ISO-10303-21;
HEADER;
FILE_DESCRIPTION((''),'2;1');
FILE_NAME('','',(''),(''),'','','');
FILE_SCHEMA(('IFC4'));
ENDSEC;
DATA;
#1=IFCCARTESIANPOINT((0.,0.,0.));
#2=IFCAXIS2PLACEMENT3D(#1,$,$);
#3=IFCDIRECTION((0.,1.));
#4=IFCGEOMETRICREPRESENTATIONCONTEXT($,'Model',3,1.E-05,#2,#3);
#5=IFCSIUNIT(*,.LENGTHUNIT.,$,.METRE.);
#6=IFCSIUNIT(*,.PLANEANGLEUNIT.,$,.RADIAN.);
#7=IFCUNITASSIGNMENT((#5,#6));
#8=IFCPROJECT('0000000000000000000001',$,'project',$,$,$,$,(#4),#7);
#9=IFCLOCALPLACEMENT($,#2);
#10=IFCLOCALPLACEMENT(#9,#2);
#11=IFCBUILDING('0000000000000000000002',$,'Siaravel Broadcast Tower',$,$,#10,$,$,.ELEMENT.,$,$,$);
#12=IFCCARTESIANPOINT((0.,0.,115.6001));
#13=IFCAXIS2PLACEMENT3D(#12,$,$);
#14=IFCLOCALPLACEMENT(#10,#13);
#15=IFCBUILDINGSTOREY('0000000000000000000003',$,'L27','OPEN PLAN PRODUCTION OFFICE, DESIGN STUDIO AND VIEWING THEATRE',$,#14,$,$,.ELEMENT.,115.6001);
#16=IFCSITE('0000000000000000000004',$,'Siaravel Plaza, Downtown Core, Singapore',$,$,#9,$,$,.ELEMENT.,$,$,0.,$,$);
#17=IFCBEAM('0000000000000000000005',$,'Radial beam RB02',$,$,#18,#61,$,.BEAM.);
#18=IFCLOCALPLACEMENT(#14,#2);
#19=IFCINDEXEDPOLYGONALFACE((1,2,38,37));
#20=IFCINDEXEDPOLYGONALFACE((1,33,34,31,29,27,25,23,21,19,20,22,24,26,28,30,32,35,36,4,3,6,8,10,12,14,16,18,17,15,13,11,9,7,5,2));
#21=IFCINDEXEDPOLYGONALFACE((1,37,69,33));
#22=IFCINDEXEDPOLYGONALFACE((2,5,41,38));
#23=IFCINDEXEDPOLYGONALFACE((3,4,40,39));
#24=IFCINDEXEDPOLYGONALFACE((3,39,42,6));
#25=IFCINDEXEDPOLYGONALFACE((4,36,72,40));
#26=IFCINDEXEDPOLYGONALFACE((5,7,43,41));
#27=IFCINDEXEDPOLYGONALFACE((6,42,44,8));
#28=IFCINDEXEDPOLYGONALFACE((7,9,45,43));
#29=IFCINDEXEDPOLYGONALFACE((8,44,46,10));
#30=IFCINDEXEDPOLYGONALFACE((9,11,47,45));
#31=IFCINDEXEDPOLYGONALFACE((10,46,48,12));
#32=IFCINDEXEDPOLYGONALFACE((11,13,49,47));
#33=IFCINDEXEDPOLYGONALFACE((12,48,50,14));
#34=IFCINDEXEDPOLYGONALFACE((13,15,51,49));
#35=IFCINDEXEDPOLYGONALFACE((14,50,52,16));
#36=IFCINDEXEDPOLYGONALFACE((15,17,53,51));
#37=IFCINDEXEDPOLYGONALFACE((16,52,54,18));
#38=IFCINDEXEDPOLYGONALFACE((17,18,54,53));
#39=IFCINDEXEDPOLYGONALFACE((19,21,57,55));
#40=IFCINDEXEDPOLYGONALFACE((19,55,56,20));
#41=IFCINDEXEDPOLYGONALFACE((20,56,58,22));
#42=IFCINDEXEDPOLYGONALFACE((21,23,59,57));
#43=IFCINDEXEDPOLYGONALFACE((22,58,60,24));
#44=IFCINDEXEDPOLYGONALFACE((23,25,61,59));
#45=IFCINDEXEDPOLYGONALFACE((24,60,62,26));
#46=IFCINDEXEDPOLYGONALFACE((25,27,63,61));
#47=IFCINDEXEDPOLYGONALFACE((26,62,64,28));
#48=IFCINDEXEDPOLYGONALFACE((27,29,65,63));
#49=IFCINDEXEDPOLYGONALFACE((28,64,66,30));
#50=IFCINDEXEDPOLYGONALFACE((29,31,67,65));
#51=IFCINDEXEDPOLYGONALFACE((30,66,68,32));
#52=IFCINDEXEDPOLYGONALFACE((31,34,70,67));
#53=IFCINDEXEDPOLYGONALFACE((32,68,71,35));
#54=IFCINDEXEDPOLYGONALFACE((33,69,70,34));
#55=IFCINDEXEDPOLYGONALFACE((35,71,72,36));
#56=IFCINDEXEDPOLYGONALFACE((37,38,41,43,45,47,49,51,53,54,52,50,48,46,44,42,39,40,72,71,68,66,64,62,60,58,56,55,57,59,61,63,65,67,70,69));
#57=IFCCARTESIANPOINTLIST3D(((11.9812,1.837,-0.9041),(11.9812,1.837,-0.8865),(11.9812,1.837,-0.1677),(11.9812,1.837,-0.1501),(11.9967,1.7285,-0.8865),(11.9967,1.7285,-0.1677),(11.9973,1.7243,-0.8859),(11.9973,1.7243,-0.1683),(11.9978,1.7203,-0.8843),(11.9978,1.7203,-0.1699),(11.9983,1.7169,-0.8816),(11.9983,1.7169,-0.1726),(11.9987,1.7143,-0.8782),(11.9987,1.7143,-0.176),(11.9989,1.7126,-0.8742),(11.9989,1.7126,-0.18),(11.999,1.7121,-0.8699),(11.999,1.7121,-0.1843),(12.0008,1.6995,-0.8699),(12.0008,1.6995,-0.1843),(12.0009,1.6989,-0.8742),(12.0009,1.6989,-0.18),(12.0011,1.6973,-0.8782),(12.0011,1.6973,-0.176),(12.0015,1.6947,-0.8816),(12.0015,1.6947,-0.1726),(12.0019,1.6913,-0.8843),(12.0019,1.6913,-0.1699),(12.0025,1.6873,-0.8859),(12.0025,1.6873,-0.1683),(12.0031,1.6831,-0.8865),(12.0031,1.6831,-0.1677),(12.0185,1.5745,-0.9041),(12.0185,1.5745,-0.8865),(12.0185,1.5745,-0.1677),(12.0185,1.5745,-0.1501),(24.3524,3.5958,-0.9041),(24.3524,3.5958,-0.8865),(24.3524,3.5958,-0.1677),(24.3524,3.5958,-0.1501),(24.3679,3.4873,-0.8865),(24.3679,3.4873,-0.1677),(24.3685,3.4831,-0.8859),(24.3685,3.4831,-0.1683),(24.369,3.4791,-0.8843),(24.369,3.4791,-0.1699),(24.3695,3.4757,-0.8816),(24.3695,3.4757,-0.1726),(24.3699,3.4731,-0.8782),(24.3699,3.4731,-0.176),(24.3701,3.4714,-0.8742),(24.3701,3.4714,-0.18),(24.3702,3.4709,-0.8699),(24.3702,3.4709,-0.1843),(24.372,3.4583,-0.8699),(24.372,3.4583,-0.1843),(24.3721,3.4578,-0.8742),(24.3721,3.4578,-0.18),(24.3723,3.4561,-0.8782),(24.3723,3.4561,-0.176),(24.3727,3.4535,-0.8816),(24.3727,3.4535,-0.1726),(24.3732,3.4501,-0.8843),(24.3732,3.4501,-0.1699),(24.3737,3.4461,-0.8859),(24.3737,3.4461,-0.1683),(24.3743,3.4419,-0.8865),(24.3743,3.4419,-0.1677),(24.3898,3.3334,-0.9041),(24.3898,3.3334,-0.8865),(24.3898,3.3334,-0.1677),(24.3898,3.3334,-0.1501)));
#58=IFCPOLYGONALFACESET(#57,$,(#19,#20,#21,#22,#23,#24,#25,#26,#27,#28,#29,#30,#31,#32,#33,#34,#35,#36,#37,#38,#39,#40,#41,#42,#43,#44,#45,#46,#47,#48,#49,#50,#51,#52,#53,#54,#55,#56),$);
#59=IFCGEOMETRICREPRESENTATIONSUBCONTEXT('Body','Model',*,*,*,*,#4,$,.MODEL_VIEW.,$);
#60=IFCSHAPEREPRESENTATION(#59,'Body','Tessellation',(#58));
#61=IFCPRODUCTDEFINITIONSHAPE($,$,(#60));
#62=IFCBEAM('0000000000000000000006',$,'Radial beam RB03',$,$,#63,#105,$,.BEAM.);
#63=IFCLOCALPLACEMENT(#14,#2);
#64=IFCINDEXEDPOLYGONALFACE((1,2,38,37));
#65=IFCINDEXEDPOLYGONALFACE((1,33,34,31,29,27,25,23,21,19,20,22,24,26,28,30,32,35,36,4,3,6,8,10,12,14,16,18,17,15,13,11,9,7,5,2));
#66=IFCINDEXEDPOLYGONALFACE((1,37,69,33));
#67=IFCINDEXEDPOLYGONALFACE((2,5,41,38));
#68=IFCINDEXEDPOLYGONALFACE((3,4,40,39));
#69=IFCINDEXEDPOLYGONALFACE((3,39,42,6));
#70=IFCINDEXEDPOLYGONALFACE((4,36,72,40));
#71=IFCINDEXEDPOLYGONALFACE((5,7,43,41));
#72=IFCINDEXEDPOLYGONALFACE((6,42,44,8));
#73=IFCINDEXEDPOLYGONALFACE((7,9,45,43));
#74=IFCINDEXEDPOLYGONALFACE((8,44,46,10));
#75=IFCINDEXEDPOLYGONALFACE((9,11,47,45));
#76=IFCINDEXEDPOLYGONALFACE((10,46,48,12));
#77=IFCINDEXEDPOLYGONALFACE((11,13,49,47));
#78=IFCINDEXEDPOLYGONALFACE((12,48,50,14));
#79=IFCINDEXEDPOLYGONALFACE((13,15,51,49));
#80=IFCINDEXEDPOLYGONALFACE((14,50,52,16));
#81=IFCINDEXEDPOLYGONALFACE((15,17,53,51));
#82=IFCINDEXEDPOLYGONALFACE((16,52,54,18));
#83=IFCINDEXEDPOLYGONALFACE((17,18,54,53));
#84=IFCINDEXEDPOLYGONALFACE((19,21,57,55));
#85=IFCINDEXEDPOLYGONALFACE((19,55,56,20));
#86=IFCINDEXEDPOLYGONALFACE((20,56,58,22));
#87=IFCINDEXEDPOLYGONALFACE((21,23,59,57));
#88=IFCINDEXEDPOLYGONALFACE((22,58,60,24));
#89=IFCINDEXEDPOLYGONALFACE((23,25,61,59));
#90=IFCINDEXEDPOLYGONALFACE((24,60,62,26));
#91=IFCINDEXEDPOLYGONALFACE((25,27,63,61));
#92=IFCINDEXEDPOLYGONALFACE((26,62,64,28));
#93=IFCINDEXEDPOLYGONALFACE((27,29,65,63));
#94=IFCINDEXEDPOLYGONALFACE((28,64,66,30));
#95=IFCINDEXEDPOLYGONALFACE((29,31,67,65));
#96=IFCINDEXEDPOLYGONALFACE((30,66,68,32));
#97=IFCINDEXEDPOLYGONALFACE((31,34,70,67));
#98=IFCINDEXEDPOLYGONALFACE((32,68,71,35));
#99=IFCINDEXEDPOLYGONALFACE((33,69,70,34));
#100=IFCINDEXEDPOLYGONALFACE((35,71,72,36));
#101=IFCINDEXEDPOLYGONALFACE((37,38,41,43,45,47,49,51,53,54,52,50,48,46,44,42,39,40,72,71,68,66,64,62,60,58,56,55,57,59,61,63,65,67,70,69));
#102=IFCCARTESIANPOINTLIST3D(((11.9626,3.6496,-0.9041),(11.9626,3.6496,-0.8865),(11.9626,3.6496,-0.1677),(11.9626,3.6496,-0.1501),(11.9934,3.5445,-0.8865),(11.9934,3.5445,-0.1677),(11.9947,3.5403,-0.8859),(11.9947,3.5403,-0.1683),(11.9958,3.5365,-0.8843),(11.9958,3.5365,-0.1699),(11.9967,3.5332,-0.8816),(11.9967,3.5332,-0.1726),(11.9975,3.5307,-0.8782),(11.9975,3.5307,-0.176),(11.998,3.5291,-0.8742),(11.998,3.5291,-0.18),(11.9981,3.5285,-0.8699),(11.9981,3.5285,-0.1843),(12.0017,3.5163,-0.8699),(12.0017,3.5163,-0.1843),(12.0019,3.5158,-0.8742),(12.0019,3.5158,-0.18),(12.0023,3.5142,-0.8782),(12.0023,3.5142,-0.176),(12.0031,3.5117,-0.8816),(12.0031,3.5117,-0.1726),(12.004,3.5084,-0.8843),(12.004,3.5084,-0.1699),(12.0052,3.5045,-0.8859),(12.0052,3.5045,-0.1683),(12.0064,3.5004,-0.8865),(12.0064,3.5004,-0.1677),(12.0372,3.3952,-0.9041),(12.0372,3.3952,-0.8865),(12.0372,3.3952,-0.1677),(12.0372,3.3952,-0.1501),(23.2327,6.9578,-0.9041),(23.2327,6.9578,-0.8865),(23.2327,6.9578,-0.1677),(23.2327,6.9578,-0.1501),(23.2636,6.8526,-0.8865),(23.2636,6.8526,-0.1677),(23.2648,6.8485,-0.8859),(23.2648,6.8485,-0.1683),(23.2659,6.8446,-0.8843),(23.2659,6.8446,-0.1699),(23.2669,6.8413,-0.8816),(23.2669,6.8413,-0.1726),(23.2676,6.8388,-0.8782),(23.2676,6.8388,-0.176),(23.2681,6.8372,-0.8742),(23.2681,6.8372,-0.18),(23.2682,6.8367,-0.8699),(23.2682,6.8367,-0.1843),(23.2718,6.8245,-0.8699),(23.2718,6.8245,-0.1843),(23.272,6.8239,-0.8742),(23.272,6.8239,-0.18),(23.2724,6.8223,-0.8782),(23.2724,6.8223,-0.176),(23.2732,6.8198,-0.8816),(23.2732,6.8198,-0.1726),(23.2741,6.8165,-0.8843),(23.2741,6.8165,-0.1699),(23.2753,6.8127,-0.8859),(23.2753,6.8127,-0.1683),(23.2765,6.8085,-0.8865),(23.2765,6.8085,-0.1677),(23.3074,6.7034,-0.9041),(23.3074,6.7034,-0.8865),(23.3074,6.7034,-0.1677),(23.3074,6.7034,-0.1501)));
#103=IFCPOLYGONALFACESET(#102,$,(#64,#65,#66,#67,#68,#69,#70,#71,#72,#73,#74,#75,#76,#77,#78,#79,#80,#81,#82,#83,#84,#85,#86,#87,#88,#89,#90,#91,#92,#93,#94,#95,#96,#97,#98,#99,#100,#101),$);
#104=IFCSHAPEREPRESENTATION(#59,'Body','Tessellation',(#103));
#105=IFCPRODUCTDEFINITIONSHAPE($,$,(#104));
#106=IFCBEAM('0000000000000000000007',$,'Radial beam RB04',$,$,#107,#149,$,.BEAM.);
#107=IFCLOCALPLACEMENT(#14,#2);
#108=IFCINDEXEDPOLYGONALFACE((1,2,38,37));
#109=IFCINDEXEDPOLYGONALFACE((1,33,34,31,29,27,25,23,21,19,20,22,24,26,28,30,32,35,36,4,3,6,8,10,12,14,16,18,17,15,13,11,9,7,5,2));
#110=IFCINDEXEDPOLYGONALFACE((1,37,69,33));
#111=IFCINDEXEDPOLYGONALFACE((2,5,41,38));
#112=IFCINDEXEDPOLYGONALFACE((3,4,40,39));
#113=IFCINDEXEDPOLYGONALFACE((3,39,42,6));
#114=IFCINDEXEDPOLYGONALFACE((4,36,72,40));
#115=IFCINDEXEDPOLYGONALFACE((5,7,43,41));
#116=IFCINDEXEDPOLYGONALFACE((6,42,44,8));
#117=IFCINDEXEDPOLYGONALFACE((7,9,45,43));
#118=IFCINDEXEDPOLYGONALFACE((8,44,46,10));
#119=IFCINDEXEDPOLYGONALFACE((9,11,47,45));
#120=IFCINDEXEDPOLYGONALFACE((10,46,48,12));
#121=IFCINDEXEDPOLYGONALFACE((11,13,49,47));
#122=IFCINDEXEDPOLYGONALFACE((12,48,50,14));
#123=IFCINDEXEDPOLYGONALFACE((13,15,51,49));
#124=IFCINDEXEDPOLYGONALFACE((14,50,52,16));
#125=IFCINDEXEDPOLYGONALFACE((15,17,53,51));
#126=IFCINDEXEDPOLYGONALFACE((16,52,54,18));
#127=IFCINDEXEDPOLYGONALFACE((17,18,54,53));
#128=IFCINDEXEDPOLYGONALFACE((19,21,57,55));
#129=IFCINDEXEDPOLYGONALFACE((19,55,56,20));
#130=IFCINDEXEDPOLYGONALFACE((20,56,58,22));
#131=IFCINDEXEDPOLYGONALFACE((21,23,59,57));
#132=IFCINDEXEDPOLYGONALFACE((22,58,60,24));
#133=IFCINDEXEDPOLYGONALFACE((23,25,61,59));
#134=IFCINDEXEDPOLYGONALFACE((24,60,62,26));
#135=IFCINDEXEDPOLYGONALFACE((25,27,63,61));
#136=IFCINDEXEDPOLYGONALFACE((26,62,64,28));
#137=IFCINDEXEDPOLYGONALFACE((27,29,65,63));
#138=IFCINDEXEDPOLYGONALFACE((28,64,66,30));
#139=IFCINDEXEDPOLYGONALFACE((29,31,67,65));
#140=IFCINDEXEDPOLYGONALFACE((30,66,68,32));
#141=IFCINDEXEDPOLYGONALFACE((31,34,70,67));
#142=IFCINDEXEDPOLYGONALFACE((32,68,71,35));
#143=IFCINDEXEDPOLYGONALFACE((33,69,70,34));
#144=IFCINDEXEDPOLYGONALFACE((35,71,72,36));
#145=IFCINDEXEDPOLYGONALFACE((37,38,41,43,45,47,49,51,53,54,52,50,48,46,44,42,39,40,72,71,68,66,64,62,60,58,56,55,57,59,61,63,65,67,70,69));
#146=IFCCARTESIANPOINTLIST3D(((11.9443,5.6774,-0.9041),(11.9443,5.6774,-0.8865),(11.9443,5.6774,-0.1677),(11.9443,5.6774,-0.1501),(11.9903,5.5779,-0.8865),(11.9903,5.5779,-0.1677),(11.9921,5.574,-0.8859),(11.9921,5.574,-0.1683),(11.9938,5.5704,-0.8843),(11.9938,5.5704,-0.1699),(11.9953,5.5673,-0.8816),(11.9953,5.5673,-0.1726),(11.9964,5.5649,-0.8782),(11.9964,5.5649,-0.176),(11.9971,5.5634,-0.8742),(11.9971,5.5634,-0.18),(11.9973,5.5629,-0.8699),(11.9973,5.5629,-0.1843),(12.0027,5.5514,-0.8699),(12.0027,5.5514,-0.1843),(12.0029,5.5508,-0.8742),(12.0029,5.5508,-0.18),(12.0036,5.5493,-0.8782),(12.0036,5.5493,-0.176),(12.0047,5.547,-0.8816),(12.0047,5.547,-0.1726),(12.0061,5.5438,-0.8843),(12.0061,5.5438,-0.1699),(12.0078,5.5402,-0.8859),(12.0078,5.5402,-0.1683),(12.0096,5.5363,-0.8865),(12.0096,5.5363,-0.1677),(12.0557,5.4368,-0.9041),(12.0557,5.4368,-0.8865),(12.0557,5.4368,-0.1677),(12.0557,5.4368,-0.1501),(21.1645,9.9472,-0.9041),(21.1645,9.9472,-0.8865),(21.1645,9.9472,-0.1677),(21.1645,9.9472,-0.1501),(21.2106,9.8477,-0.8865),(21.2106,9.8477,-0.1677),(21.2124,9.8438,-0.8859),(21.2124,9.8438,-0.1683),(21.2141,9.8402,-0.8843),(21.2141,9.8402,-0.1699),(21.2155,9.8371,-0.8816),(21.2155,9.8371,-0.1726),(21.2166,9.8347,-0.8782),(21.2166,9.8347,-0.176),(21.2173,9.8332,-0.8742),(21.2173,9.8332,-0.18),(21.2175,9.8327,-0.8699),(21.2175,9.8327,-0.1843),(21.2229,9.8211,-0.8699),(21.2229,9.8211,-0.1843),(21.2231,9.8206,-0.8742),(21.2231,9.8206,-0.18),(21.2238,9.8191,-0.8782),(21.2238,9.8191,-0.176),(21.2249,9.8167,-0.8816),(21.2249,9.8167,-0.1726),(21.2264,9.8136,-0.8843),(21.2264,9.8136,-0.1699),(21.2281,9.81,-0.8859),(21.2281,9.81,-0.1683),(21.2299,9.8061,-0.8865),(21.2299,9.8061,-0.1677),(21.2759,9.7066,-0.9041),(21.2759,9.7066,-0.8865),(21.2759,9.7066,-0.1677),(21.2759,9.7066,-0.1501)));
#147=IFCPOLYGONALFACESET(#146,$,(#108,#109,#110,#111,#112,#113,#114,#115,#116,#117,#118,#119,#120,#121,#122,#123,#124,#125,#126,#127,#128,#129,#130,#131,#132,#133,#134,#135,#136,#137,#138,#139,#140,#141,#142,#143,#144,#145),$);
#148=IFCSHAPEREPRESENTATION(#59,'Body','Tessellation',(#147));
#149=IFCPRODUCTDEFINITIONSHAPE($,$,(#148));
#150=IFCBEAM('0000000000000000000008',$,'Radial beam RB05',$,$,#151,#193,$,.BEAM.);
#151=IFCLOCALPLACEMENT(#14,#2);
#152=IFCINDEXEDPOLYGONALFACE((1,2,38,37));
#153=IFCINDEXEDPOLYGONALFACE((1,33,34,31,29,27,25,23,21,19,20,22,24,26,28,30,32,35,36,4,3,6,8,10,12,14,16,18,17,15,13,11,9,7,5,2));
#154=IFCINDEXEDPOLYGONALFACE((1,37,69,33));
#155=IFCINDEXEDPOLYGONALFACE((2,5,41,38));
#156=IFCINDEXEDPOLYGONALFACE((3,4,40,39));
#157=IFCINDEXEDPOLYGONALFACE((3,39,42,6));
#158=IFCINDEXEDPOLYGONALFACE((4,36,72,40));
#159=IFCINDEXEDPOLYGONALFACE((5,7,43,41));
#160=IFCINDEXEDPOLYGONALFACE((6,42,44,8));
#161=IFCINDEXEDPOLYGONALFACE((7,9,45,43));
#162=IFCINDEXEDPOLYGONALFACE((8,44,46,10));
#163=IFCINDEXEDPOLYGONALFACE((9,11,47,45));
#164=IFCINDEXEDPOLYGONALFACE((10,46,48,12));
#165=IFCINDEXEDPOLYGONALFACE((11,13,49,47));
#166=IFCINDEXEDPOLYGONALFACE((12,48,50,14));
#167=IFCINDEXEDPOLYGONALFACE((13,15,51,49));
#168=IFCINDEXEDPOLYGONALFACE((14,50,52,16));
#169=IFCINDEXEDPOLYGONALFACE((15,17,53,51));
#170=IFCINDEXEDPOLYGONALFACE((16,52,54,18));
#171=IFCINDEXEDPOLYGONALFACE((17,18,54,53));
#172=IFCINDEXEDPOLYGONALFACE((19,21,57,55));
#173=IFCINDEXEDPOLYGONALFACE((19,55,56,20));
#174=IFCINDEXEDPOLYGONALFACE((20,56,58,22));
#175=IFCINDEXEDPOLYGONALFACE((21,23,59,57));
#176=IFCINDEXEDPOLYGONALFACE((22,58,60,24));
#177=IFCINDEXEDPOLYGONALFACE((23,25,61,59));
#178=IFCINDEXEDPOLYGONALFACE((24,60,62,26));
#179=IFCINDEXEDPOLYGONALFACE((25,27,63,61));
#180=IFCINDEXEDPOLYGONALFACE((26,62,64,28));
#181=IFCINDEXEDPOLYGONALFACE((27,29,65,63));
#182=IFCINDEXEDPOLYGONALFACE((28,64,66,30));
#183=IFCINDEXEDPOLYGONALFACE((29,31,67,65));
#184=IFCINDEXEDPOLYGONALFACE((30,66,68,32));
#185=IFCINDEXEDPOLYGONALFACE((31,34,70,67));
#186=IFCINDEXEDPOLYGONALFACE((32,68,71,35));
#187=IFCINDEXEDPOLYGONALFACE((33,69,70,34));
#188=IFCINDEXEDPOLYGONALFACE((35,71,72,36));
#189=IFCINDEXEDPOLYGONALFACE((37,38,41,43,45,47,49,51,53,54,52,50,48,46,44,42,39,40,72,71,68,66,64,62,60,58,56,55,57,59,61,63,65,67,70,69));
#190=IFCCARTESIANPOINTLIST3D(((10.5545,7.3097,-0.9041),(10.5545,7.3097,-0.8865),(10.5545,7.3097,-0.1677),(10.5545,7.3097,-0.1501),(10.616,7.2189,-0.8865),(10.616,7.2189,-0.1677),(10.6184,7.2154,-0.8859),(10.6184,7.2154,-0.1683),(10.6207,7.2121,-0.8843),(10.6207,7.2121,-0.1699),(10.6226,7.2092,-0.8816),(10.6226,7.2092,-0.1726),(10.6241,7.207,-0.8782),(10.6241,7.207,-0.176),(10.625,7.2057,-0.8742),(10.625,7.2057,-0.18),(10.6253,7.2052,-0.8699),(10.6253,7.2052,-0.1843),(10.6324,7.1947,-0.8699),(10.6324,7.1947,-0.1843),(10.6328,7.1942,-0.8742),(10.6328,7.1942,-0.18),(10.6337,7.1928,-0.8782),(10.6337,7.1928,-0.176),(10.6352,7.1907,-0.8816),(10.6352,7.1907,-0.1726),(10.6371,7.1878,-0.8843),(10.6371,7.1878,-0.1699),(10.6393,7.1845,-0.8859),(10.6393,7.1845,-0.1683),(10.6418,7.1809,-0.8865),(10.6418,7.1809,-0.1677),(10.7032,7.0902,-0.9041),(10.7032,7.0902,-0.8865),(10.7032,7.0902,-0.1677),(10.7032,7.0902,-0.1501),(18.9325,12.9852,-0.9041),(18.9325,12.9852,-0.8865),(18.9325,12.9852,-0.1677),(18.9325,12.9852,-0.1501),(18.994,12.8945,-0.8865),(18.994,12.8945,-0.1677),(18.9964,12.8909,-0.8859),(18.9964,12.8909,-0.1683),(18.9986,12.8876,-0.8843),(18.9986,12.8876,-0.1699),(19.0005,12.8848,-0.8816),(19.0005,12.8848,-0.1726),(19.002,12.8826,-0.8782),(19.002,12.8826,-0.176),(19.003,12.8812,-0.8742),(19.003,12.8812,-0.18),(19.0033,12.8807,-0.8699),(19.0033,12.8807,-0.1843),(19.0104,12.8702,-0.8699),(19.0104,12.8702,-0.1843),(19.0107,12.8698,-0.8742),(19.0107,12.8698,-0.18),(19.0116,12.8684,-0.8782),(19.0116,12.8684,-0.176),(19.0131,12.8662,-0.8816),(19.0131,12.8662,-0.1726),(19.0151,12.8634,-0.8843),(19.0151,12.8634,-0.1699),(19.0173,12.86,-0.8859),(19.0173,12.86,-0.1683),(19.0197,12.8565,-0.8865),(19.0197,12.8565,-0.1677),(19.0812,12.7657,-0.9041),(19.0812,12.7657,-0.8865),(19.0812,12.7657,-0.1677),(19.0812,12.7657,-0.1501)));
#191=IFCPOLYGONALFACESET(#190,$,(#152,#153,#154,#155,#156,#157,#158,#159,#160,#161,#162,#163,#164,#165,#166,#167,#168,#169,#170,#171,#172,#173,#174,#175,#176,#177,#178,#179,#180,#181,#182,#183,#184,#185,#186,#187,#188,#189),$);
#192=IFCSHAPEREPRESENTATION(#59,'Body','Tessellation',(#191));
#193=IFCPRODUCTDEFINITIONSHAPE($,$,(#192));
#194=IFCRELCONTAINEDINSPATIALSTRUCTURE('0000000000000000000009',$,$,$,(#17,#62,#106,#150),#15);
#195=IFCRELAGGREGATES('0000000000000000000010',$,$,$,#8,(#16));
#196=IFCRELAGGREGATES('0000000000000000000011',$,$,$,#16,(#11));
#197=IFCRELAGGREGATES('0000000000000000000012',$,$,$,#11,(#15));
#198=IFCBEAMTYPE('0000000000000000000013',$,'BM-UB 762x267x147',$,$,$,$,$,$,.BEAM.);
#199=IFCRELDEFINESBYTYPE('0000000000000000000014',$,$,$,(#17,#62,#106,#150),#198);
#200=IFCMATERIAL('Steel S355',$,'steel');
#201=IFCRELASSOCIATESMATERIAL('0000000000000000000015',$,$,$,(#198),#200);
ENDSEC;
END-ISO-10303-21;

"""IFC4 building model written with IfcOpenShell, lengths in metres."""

from ifc_helpers import new_model, si_unit, direction, frame, origin, origin_2d, place, context, subcontext, project, spatial, i_section, extrude, material, material_profile, profile_set, type_object, element, save


model = new_model("IFC4")

# Units and contexts
model_context = context("Model", 3, precision=1e-05, world=origin(), true_north=direction((0.0, 1.0)))
body_context = subcontext(model_context, "Body", "Model", "MODEL_VIEW")
ifc_project = project(units=[si_unit("LENGTHUNIT", "METRE"), si_unit("PLANEANGLEUNIT", "RADIAN")], contexts=[model_context])

# Site, building, storey
site_placement = place(None, origin())
site = spatial("IfcSite", under=ifc_project, at=site_placement, Name="Siaravel Plaza, Downtown Core, Singapore", CompositionType="ELEMENT", RefElevation=0.0)
building_placement = place(site_placement, origin())
building = spatial("IfcBuilding", under=site, at=building_placement, Name="Siaravel Broadcast Tower", CompositionType="ELEMENT")
storey_placement = place(building_placement, frame((0.0, 0.0, 115.6001)))
storey = spatial("IfcBuildingStorey", under=building, at=storey_placement, Name="L27", Description="OPEN PLAN PRODUCTION OFFICE, DESIGN STUDIO AND VIEWING THEATRE", CompositionType="ELEMENT", Elevation=115.6001)

# Beams
ifc_material_1 = material(Name="Steel S355", Category="steel")
ifc_material_profile_1 = material_profile(ifc_material_1, i_section(OverallWidth=0.2651, OverallDepth=0.7539, WebThickness=0.0127, FlangeThickness=0.0176, FilletRadius=0.0166, at=origin_2d()))
ifc_profile_set_1 = profile_set([ifc_material_profile_1], Name="Steel S355")
beam_type = type_object("IfcBeamType", Name="BM-UB 762x267x147", PredefinedType="BEAM", material=ifc_profile_set_1)
beam_1_placement = place(storey_placement, frame((24.3711, 3.4646, -0.5271), z_axis=(-0.990045, -0.140754, 0.0), x_axis=(0.140754, -0.990045, 0.0)))
element("IfcBeam", 1, at=beam_1_placement, inside=storey, type_object=beam_type, Name="Radial beam RB02", PredefinedType="BEAM", context=body_context, shape_type="SweptSolid", body=[
    extrude(i_section(OverallWidth=0.2651, OverallDepth=0.7539, WebThickness=0.0127, FlangeThickness=0.0176, FilletRadius=0.0166, at=origin_2d()), origin(), (0.0, 0.0, 1.0), 12.4956),
])
beam_2_placement = place(storey_placement, frame((23.27, 6.8306, -0.5271), z_axis=(-0.959518, -0.281649, 0.0), x_axis=(0.281649, -0.959518, 0.0)))
element("IfcBeam", 2, at=beam_2_placement, inside=storey, type_object=beam_type, Name="Radial beam RB03", PredefinedType="BEAM", context=body_context, shape_type="SweptSolid", body=[
    extrude(i_section(OverallWidth=0.2651, OverallDepth=0.7539, WebThickness=0.0127, FlangeThickness=0.0176, FilletRadius=0.0166, at=origin_2d()), origin(), (0.0, 0.0, 1.0), 11.7456),
])
beam_3_placement = place(storey_placement, frame((21.2202, 9.8269, -0.5271), z_axis=(-0.907423, -0.420217, 0.0), x_axis=(0.420217, -0.907423, 0.0)))
element("IfcBeam", 3, at=beam_3_placement, inside=storey, type_object=beam_type, Name="Radial beam RB04", PredefinedType="BEAM", context=body_context, shape_type="SweptSolid", body=[
    extrude(i_section(OverallWidth=0.2651, OverallDepth=0.7539, WebThickness=0.0127, FlangeThickness=0.0176, FilletRadius=0.0166, at=origin_2d()), origin(), (0.0, 0.0, 1.0), 10.1609),
])
beam_4_placement = place(storey_placement, frame((19.0068, 12.8755, -0.5271), z_axis=(-0.827911, -0.560859, 0.0), x_axis=(0.560859, -0.827911, 0.0)))
element("IfcBeam", 4, at=beam_4_placement, inside=storey, type_object=beam_type, Name="Radial beam RB05", PredefinedType="BEAM", context=body_context, shape_type="SweptSolid", body=[
    extrude(i_section(OverallWidth=0.2651, OverallDepth=0.7539, WebThickness=0.0127, FlangeThickness=0.0176, FilletRadius=0.0166, at=origin_2d()), origin(), (0.0, 0.0, 1.0), 10.1194),
])

save(model, "model.ifc")
